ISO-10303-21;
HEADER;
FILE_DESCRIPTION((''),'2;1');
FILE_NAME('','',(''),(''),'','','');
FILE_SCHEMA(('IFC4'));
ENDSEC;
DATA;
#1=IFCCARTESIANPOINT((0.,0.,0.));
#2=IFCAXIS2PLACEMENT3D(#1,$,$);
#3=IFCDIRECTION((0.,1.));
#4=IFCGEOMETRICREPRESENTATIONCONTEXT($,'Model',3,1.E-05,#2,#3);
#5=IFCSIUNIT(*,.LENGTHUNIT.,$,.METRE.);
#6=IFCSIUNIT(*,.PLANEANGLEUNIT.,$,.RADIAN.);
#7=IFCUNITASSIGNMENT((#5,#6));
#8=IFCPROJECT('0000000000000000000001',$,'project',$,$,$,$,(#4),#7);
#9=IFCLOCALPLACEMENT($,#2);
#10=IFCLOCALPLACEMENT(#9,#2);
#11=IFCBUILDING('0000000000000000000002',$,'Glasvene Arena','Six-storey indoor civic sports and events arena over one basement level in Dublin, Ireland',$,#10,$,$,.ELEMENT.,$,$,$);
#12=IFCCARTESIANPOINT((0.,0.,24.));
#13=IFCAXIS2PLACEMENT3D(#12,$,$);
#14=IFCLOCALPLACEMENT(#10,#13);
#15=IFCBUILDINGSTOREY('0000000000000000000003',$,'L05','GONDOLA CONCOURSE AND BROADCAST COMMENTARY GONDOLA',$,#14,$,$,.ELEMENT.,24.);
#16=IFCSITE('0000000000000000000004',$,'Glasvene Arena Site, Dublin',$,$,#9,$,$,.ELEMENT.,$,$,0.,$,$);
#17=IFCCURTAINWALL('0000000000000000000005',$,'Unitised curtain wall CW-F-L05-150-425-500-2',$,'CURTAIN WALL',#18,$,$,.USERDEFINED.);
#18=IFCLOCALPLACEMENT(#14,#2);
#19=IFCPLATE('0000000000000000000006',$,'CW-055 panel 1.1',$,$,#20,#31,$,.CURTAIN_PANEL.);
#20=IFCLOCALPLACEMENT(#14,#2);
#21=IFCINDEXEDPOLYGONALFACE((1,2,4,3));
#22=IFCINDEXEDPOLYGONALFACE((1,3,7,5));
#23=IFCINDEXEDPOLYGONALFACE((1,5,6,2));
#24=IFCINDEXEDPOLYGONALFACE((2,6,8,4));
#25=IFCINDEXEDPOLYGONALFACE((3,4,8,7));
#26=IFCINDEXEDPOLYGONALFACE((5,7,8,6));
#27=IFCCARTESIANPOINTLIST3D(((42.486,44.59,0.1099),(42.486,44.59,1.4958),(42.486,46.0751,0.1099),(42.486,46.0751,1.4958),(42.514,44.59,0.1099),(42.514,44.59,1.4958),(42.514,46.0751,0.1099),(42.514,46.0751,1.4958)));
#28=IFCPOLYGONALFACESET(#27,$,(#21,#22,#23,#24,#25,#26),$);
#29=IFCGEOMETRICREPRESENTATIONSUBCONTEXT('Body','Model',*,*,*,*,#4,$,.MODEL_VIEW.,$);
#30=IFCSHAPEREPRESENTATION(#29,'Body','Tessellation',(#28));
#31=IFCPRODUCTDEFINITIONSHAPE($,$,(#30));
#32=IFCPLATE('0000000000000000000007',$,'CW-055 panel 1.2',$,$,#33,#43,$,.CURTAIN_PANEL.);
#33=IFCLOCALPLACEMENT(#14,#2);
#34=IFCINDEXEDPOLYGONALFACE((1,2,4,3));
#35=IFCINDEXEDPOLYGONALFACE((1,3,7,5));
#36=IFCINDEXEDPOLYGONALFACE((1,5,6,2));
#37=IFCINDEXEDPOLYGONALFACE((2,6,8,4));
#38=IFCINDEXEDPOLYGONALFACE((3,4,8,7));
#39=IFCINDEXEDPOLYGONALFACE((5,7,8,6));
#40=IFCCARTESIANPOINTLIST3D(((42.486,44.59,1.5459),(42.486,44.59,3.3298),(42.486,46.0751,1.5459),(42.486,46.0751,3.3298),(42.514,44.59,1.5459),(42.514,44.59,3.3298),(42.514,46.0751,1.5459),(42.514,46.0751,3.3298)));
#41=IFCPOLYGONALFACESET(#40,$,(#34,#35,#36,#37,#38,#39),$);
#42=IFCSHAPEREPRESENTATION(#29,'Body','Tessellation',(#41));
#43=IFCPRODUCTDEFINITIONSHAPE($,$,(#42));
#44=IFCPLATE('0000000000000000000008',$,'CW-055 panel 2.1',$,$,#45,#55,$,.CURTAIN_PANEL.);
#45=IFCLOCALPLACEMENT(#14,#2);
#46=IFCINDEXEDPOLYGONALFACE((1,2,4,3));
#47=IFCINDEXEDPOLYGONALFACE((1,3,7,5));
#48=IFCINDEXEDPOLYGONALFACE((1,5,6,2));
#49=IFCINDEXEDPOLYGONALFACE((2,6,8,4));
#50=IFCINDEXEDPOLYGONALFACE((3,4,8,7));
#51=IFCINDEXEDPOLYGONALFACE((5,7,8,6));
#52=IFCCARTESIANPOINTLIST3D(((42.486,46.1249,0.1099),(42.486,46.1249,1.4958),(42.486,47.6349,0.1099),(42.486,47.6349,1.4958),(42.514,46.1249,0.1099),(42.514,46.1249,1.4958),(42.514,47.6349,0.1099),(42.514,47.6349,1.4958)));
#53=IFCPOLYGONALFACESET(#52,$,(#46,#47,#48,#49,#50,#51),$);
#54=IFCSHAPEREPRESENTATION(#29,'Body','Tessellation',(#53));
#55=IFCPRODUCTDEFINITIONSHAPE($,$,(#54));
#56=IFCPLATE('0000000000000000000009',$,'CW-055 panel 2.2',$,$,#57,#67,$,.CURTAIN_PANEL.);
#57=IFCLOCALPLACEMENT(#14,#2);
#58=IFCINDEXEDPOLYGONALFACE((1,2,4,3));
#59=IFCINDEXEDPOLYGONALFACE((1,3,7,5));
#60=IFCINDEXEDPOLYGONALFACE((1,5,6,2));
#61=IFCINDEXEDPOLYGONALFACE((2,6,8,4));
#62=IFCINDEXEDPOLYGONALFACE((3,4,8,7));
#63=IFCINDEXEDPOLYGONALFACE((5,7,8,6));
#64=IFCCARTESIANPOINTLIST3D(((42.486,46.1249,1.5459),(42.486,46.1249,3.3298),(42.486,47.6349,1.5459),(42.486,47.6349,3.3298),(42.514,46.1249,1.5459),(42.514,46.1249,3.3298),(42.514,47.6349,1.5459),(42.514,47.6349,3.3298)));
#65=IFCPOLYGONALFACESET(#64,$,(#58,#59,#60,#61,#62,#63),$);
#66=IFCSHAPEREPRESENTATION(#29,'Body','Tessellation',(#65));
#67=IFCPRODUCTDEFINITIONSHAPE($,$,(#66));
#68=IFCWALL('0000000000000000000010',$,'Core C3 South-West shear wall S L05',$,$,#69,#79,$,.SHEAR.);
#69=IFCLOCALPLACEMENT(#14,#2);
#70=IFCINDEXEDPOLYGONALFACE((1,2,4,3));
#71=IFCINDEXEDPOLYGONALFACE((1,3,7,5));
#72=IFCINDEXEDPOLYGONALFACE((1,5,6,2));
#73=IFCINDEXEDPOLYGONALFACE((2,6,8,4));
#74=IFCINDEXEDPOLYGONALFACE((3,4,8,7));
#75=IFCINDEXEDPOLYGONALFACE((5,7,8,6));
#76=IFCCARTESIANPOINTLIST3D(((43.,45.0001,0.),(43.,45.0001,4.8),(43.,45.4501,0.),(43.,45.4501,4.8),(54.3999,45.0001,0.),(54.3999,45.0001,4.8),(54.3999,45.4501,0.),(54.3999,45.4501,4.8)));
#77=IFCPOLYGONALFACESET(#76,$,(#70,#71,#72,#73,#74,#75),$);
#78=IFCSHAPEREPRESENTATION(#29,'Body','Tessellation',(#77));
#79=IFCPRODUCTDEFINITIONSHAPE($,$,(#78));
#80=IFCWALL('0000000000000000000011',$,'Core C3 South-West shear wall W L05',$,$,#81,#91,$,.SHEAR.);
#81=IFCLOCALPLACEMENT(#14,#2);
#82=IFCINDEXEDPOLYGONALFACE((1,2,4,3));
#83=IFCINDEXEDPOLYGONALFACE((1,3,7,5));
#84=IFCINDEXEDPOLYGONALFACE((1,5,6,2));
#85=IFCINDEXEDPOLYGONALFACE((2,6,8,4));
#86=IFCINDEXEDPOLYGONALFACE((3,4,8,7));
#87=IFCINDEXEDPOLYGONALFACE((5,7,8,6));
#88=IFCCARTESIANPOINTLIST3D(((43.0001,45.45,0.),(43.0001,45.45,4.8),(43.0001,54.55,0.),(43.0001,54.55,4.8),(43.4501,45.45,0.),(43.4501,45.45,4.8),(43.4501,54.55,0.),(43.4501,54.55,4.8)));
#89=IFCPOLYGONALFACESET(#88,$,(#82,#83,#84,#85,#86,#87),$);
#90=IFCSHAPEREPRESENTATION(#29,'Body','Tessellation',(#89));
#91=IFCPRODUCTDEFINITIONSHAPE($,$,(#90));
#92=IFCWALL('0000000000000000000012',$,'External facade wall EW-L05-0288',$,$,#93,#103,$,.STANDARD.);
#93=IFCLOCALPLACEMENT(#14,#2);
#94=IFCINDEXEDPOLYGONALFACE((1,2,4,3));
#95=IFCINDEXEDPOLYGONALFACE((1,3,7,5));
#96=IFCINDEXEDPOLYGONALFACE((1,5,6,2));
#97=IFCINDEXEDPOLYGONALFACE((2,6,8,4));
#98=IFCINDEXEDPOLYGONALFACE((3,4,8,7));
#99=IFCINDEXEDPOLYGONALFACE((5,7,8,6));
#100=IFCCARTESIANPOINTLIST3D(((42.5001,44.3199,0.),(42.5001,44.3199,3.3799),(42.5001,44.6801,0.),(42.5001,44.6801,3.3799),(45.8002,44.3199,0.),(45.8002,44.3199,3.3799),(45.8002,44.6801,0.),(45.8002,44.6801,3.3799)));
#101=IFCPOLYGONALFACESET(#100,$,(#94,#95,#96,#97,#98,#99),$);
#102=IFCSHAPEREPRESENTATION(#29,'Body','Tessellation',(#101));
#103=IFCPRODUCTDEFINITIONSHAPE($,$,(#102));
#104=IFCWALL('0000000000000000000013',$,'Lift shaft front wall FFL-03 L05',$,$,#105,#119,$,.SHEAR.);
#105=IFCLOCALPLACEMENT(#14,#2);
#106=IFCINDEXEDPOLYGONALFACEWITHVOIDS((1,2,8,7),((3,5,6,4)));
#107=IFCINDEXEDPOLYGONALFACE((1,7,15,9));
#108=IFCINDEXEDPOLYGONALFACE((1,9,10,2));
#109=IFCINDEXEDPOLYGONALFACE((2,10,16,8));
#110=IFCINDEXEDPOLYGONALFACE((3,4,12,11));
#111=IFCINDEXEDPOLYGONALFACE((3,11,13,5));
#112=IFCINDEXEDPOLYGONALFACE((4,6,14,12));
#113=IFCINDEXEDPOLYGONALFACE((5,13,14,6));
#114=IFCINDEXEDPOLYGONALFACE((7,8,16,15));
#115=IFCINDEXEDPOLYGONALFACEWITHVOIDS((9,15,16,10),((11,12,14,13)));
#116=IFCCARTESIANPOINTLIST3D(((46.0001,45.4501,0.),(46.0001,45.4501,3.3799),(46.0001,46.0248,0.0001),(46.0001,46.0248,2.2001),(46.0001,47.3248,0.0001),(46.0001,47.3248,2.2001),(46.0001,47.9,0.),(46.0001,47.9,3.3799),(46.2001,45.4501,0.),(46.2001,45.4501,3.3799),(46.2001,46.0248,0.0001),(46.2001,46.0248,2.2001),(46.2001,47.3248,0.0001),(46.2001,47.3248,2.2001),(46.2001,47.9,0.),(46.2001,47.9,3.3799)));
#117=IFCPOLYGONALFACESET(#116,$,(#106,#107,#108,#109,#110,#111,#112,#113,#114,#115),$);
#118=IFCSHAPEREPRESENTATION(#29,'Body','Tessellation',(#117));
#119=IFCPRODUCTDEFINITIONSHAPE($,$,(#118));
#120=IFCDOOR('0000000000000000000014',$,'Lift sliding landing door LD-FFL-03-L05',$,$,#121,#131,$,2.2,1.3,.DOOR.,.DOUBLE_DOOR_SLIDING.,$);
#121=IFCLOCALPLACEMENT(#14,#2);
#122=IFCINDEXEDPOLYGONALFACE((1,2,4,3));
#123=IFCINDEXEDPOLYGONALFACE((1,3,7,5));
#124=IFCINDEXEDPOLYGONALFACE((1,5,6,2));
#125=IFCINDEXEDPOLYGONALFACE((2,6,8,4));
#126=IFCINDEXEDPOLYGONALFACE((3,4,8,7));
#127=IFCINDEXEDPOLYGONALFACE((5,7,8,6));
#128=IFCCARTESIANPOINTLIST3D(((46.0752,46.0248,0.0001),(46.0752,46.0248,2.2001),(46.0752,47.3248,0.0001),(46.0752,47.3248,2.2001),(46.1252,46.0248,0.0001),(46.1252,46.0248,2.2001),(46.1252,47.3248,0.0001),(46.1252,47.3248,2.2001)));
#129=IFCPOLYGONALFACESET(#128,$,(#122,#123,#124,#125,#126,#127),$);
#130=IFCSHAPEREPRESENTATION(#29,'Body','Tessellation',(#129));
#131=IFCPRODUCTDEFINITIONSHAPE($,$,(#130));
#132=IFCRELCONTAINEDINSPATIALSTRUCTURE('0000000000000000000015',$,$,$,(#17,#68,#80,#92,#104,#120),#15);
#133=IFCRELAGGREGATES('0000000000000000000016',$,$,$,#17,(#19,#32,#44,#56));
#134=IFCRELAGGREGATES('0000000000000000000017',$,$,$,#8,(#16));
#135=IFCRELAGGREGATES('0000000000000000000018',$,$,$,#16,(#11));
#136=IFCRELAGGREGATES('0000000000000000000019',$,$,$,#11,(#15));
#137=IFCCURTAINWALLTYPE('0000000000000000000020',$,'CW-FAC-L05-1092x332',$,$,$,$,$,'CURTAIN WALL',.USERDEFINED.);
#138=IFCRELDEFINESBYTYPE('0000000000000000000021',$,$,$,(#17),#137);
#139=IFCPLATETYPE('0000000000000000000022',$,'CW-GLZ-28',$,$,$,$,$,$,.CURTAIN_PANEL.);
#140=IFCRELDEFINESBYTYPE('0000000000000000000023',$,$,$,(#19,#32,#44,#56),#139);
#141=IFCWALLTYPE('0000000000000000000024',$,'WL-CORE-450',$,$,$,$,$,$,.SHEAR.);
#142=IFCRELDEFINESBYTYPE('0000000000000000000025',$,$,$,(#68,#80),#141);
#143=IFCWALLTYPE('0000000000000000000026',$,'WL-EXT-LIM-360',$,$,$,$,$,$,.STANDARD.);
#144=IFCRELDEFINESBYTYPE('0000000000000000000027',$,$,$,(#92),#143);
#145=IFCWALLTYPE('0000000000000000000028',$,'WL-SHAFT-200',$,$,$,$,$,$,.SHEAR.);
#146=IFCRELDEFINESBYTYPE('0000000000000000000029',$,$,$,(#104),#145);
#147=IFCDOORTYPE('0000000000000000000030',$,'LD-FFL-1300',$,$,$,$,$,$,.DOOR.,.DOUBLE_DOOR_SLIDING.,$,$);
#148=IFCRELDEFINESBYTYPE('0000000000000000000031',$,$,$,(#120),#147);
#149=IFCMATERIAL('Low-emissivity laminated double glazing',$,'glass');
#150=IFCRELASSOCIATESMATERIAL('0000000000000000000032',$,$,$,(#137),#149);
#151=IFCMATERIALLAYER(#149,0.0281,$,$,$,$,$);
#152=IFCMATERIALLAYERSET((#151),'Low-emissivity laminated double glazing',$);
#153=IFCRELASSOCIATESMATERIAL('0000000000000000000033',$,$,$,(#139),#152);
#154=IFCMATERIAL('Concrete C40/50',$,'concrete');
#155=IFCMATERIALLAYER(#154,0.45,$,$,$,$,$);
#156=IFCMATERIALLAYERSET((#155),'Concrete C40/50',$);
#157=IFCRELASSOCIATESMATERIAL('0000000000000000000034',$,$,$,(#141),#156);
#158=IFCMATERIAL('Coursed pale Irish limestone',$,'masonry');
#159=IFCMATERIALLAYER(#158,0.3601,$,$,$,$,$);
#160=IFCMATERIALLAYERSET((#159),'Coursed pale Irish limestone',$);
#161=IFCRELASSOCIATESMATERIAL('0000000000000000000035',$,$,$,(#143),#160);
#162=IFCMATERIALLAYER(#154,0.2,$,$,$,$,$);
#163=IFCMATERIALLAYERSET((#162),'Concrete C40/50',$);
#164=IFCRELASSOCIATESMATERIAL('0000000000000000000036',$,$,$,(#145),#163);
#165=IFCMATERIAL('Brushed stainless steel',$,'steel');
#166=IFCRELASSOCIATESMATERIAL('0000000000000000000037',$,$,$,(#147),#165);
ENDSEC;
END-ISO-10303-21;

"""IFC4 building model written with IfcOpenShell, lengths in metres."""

from ifc_helpers import new_model, si_unit, direction, frame, frame_2d, origin, origin_2d, place, context, subcontext, project, spatial, rectangle, extrude, material, layer, layer_set, type_object, element, fill, aggregate, save


model = new_model("IFC4")

# Units and contexts
model_context = context("Model", 3, precision=1e-05, world=origin(), true_north=direction((0.0, 1.0)))
body_context = subcontext(model_context, "Body", "Model", "MODEL_VIEW")
ifc_project = project(units=[si_unit("LENGTHUNIT", "METRE"), si_unit("PLANEANGLEUNIT", "RADIAN")], contexts=[model_context])

# Site, building, storey
site_placement = place(None, origin())
site = spatial("IfcSite", under=ifc_project, at=site_placement, Name="Glasvene Arena Site, Dublin", CompositionType="ELEMENT", RefElevation=0.0)
building_placement = place(site_placement, origin())
building = spatial("IfcBuilding", under=site, at=building_placement, Name="Glasvene Arena", Description="Six-storey indoor civic sports and events arena over one basement level in Dublin, Ireland", CompositionType="ELEMENT")
storey_placement = place(building_placement, frame((0.0, 0.0, 24.0)))
storey = spatial("IfcBuildingStorey", under=building, at=storey_placement, Name="L05", Description="GONDOLA CONCOURSE AND BROADCAST COMMENTARY GONDOLA", CompositionType="ELEMENT", Elevation=24.0)

# Shared definitions
ifc_material_1 = material(Name="Low-emissivity laminated double glazing", Category="glass")

# Curtain wall
curtain_wall_type_1 = type_object("IfcCurtainWallType", Name="CW-FAC-L05-1092x332", ElementType="CURTAIN WALL", PredefinedType="USERDEFINED", material=ifc_material_1)
curtain_wall_1_placement = place(storey_placement, frame((42.5, 44.54, 0.0)))
curtain_wall_1 = element("IfcCurtainWall", 1, at=curtain_wall_1_placement, inside=storey, type_object=curtain_wall_type_1, Name="Unitised curtain wall CW-F-L05-150-425-500-2", ObjectType="CURTAIN WALL", PredefinedType="USERDEFINED")

# Plates
ifc_layer_1 = layer(ifc_material_1, 0.0281)
ifc_layer_set_1 = layer_set([ifc_layer_1], Name="Low-emissivity laminated double glazing")
plate_type = type_object("IfcPlateType", Name="CW-GLZ-28", PredefinedType="CURTAIN_PANEL", material=ifc_layer_set_1)
plate_1_placement = place(storey_placement, frame((42.5, 45.3325, 0.1099), z_axis=(0.0, 0.0, 1.0), x_axis=(0.0, 1.0, 0.0)))
plate_1 = element("IfcPlate", 2, at=plate_1_placement, type_object=plate_type, Name="CW-055 panel 1.1", PredefinedType="CURTAIN_PANEL", context=body_context, shape_type="SweptSolid", body=[
    extrude(rectangle(XDim=1.4851, YDim=0.0281, at=origin_2d()), origin(), (0.0, 0.0, 1.0), 1.386),
])
plate_2_placement = place(storey_placement, frame((42.5, 45.3325, 1.5459), z_axis=(0.0, 0.0, 1.0), x_axis=(0.0, 1.0, 0.0)))
plate_2 = element("IfcPlate", 3, at=plate_2_placement, type_object=plate_type, Name="CW-055 panel 1.2", PredefinedType="CURTAIN_PANEL", context=body_context, shape_type="SweptSolid", body=[
    extrude(rectangle(XDim=1.4851, YDim=0.0281, at=origin_2d()), origin(), (0.0, 0.0, 1.0), 1.7839),
])
plate_3_placement = place(storey_placement, frame((42.5, 46.8799, 0.1099), z_axis=(0.0, 0.0, 1.0), x_axis=(0.0, 1.0, 0.0)))
plate_3 = element("IfcPlate", 4, at=plate_3_placement, type_object=plate_type, Name="CW-055 panel 2.1", PredefinedType="CURTAIN_PANEL", context=body_context, shape_type="SweptSolid", body=[
    extrude(rectangle(XDim=1.51, YDim=0.0281, at=origin_2d()), origin(), (0.0, 0.0, 1.0), 1.386),
])
plate_4_placement = place(storey_placement, frame((42.5, 46.8799, 1.5459), z_axis=(0.0, 0.0, 1.0), x_axis=(0.0, 1.0, 0.0)))
plate_4 = element("IfcPlate", 5, at=plate_4_placement, type_object=plate_type, Name="CW-055 panel 2.2", PredefinedType="CURTAIN_PANEL", context=body_context, shape_type="SweptSolid", body=[
    extrude(rectangle(XDim=1.51, YDim=0.0281, at=origin_2d()), origin(), (0.0, 0.0, 1.0), 1.7839),
])
aggregate(curtain_wall_1, [plate_1, plate_2, plate_3, plate_4])

# Walls
ifc_material_2 = material(Name="Concrete C40/50", Category="concrete")
ifc_layer_2 = layer(ifc_material_2, 0.45)
ifc_layer_set_2 = layer_set([ifc_layer_2], Name="Concrete C40/50")
wall_type_1 = type_object("IfcWallType", Name="WL-CORE-450", PredefinedType="SHEAR", material=ifc_layer_set_2)
wall_1_placement = place(storey_placement, frame((43.0, 45.2251, 0.0), z_axis=(0.0, 0.0, 1.0), x_axis=(1.0, 0.0, 0.0)))
element("IfcWall", 6, at=wall_1_placement, inside=storey, type_object=wall_type_1, Name="Core C3 South-West shear wall S L05", PredefinedType="SHEAR", context=body_context, shape_type="SweptSolid", body=[
    extrude(rectangle(XDim=11.3999, YDim=0.45, at=frame_2d((5.7, 0.0))), origin(), (0.0, 0.0, 1.0), 4.8),
])
wall_2_placement = place(storey_placement, frame((43.2251, 45.45, 0.0), z_axis=(0.0, 0.0, 1.0), x_axis=(0.0, 1.0, 0.0)))
element("IfcWall", 7, at=wall_2_placement, inside=storey, type_object=wall_type_1, Name="Core C3 South-West shear wall W L05", PredefinedType="SHEAR", context=body_context, shape_type="SweptSolid", body=[
    extrude(rectangle(XDim=9.1001, YDim=0.45, at=frame_2d((4.55, 0.0))), origin(), (0.0, 0.0, 1.0), 4.8),
])
ifc_material_3 = material(Name="Coursed pale Irish limestone", Category="masonry")
ifc_layer_3 = layer(ifc_material_3, 0.3601)
ifc_layer_set_3 = layer_set([ifc_layer_3], Name="Coursed pale Irish limestone")
wall_type_2 = type_object("IfcWallType", Name="WL-EXT-LIM-360", PredefinedType="STANDARD", material=ifc_layer_set_3)
wall_3_placement = place(storey_placement, frame((45.8, 44.5, 0.0), z_axis=(0.0, 0.0, 1.0), x_axis=(-1.0, 0.0, 0.0)))
element("IfcWall", 8, at=wall_3_placement, inside=storey, type_object=wall_type_2, Name="External facade wall EW-L05-0288", PredefinedType="STANDARD", context=body_context, shape_type="SweptSolid", body=[
    extrude(rectangle(XDim=3.3, YDim=0.3601, at=frame_2d((1.6499, 0.0))), origin(), (0.0, 0.0, 1.0), 3.3799),
])

# Wall, opening, door
ifc_layer_4 = layer(ifc_material_2, 0.2)
ifc_layer_set_4 = layer_set([ifc_layer_4], Name="Concrete C40/50")
wall_type_3 = type_object("IfcWallType", Name="WL-SHAFT-200", PredefinedType="SHEAR", material=ifc_layer_set_4)
wall_4_placement = place(storey_placement, frame((46.1001, 45.45, 0.0), z_axis=(0.0, 0.0, 1.0), x_axis=(0.0, 1.0, 0.0)))
wall_4 = element("IfcWall", 9, at=wall_4_placement, inside=storey, type_object=wall_type_3, Name="Lift shaft front wall FFL-03 L05", PredefinedType="SHEAR", context=body_context, shape_type="SweptSolid", body=[
    extrude(rectangle(XDim=2.45, YDim=0.2, at=frame_2d((1.2251, 0.0))), origin(), (0.0, 0.0, 1.0), 3.3799),
])
opening_placement = place(wall_4_placement, frame((0.575, 0.0, 0.0)))
opening = element("IfcOpeningElement", 10, at=opening_placement, cuts=wall_4, PredefinedType="OPENING", context=body_context, shape_type="SweptSolid", body=[
    extrude(rectangle(XDim=1.3, YDim=2.2, at=frame_2d((0.6499, 1.1001))), frame((0.0, 0.1099, 0.0), z_axis=(0.0, -1.0, 0.0), x_axis=(1.0, 0.0, 0.0)), (0.0, 0.0, 1.0), 0.22),
])
ifc_material_4 = material(Name="Brushed stainless steel", Category="steel")
door_type = type_object("IfcDoorType", Name="LD-FFL-1300", OperationType="DOUBLE_DOOR_SLIDING", PredefinedType="DOOR", material=ifc_material_4)
door_placement = place(opening_placement, origin())
door = element("IfcDoor", 11, at=door_placement, inside=storey, type_object=door_type, Name="Lift sliding landing door LD-FFL-03-L05", OperationType="DOUBLE_DOOR_SLIDING", OverallHeight=2.2, OverallWidth=1.3, PredefinedType="DOOR", context=body_context, shape_type="SweptSolid", body=[
    extrude(rectangle(XDim=1.3, YDim=2.2, at=frame_2d((0.6499, 1.1001))), frame((0.0, 0.0249, 0.0), z_axis=(0.0, -1.0, 0.0), x_axis=(1.0, 0.0, 0.0)), (0.0, 0.0, 1.0), 0.05),
])
fill(opening, door)

save(model, "model.ifc")
